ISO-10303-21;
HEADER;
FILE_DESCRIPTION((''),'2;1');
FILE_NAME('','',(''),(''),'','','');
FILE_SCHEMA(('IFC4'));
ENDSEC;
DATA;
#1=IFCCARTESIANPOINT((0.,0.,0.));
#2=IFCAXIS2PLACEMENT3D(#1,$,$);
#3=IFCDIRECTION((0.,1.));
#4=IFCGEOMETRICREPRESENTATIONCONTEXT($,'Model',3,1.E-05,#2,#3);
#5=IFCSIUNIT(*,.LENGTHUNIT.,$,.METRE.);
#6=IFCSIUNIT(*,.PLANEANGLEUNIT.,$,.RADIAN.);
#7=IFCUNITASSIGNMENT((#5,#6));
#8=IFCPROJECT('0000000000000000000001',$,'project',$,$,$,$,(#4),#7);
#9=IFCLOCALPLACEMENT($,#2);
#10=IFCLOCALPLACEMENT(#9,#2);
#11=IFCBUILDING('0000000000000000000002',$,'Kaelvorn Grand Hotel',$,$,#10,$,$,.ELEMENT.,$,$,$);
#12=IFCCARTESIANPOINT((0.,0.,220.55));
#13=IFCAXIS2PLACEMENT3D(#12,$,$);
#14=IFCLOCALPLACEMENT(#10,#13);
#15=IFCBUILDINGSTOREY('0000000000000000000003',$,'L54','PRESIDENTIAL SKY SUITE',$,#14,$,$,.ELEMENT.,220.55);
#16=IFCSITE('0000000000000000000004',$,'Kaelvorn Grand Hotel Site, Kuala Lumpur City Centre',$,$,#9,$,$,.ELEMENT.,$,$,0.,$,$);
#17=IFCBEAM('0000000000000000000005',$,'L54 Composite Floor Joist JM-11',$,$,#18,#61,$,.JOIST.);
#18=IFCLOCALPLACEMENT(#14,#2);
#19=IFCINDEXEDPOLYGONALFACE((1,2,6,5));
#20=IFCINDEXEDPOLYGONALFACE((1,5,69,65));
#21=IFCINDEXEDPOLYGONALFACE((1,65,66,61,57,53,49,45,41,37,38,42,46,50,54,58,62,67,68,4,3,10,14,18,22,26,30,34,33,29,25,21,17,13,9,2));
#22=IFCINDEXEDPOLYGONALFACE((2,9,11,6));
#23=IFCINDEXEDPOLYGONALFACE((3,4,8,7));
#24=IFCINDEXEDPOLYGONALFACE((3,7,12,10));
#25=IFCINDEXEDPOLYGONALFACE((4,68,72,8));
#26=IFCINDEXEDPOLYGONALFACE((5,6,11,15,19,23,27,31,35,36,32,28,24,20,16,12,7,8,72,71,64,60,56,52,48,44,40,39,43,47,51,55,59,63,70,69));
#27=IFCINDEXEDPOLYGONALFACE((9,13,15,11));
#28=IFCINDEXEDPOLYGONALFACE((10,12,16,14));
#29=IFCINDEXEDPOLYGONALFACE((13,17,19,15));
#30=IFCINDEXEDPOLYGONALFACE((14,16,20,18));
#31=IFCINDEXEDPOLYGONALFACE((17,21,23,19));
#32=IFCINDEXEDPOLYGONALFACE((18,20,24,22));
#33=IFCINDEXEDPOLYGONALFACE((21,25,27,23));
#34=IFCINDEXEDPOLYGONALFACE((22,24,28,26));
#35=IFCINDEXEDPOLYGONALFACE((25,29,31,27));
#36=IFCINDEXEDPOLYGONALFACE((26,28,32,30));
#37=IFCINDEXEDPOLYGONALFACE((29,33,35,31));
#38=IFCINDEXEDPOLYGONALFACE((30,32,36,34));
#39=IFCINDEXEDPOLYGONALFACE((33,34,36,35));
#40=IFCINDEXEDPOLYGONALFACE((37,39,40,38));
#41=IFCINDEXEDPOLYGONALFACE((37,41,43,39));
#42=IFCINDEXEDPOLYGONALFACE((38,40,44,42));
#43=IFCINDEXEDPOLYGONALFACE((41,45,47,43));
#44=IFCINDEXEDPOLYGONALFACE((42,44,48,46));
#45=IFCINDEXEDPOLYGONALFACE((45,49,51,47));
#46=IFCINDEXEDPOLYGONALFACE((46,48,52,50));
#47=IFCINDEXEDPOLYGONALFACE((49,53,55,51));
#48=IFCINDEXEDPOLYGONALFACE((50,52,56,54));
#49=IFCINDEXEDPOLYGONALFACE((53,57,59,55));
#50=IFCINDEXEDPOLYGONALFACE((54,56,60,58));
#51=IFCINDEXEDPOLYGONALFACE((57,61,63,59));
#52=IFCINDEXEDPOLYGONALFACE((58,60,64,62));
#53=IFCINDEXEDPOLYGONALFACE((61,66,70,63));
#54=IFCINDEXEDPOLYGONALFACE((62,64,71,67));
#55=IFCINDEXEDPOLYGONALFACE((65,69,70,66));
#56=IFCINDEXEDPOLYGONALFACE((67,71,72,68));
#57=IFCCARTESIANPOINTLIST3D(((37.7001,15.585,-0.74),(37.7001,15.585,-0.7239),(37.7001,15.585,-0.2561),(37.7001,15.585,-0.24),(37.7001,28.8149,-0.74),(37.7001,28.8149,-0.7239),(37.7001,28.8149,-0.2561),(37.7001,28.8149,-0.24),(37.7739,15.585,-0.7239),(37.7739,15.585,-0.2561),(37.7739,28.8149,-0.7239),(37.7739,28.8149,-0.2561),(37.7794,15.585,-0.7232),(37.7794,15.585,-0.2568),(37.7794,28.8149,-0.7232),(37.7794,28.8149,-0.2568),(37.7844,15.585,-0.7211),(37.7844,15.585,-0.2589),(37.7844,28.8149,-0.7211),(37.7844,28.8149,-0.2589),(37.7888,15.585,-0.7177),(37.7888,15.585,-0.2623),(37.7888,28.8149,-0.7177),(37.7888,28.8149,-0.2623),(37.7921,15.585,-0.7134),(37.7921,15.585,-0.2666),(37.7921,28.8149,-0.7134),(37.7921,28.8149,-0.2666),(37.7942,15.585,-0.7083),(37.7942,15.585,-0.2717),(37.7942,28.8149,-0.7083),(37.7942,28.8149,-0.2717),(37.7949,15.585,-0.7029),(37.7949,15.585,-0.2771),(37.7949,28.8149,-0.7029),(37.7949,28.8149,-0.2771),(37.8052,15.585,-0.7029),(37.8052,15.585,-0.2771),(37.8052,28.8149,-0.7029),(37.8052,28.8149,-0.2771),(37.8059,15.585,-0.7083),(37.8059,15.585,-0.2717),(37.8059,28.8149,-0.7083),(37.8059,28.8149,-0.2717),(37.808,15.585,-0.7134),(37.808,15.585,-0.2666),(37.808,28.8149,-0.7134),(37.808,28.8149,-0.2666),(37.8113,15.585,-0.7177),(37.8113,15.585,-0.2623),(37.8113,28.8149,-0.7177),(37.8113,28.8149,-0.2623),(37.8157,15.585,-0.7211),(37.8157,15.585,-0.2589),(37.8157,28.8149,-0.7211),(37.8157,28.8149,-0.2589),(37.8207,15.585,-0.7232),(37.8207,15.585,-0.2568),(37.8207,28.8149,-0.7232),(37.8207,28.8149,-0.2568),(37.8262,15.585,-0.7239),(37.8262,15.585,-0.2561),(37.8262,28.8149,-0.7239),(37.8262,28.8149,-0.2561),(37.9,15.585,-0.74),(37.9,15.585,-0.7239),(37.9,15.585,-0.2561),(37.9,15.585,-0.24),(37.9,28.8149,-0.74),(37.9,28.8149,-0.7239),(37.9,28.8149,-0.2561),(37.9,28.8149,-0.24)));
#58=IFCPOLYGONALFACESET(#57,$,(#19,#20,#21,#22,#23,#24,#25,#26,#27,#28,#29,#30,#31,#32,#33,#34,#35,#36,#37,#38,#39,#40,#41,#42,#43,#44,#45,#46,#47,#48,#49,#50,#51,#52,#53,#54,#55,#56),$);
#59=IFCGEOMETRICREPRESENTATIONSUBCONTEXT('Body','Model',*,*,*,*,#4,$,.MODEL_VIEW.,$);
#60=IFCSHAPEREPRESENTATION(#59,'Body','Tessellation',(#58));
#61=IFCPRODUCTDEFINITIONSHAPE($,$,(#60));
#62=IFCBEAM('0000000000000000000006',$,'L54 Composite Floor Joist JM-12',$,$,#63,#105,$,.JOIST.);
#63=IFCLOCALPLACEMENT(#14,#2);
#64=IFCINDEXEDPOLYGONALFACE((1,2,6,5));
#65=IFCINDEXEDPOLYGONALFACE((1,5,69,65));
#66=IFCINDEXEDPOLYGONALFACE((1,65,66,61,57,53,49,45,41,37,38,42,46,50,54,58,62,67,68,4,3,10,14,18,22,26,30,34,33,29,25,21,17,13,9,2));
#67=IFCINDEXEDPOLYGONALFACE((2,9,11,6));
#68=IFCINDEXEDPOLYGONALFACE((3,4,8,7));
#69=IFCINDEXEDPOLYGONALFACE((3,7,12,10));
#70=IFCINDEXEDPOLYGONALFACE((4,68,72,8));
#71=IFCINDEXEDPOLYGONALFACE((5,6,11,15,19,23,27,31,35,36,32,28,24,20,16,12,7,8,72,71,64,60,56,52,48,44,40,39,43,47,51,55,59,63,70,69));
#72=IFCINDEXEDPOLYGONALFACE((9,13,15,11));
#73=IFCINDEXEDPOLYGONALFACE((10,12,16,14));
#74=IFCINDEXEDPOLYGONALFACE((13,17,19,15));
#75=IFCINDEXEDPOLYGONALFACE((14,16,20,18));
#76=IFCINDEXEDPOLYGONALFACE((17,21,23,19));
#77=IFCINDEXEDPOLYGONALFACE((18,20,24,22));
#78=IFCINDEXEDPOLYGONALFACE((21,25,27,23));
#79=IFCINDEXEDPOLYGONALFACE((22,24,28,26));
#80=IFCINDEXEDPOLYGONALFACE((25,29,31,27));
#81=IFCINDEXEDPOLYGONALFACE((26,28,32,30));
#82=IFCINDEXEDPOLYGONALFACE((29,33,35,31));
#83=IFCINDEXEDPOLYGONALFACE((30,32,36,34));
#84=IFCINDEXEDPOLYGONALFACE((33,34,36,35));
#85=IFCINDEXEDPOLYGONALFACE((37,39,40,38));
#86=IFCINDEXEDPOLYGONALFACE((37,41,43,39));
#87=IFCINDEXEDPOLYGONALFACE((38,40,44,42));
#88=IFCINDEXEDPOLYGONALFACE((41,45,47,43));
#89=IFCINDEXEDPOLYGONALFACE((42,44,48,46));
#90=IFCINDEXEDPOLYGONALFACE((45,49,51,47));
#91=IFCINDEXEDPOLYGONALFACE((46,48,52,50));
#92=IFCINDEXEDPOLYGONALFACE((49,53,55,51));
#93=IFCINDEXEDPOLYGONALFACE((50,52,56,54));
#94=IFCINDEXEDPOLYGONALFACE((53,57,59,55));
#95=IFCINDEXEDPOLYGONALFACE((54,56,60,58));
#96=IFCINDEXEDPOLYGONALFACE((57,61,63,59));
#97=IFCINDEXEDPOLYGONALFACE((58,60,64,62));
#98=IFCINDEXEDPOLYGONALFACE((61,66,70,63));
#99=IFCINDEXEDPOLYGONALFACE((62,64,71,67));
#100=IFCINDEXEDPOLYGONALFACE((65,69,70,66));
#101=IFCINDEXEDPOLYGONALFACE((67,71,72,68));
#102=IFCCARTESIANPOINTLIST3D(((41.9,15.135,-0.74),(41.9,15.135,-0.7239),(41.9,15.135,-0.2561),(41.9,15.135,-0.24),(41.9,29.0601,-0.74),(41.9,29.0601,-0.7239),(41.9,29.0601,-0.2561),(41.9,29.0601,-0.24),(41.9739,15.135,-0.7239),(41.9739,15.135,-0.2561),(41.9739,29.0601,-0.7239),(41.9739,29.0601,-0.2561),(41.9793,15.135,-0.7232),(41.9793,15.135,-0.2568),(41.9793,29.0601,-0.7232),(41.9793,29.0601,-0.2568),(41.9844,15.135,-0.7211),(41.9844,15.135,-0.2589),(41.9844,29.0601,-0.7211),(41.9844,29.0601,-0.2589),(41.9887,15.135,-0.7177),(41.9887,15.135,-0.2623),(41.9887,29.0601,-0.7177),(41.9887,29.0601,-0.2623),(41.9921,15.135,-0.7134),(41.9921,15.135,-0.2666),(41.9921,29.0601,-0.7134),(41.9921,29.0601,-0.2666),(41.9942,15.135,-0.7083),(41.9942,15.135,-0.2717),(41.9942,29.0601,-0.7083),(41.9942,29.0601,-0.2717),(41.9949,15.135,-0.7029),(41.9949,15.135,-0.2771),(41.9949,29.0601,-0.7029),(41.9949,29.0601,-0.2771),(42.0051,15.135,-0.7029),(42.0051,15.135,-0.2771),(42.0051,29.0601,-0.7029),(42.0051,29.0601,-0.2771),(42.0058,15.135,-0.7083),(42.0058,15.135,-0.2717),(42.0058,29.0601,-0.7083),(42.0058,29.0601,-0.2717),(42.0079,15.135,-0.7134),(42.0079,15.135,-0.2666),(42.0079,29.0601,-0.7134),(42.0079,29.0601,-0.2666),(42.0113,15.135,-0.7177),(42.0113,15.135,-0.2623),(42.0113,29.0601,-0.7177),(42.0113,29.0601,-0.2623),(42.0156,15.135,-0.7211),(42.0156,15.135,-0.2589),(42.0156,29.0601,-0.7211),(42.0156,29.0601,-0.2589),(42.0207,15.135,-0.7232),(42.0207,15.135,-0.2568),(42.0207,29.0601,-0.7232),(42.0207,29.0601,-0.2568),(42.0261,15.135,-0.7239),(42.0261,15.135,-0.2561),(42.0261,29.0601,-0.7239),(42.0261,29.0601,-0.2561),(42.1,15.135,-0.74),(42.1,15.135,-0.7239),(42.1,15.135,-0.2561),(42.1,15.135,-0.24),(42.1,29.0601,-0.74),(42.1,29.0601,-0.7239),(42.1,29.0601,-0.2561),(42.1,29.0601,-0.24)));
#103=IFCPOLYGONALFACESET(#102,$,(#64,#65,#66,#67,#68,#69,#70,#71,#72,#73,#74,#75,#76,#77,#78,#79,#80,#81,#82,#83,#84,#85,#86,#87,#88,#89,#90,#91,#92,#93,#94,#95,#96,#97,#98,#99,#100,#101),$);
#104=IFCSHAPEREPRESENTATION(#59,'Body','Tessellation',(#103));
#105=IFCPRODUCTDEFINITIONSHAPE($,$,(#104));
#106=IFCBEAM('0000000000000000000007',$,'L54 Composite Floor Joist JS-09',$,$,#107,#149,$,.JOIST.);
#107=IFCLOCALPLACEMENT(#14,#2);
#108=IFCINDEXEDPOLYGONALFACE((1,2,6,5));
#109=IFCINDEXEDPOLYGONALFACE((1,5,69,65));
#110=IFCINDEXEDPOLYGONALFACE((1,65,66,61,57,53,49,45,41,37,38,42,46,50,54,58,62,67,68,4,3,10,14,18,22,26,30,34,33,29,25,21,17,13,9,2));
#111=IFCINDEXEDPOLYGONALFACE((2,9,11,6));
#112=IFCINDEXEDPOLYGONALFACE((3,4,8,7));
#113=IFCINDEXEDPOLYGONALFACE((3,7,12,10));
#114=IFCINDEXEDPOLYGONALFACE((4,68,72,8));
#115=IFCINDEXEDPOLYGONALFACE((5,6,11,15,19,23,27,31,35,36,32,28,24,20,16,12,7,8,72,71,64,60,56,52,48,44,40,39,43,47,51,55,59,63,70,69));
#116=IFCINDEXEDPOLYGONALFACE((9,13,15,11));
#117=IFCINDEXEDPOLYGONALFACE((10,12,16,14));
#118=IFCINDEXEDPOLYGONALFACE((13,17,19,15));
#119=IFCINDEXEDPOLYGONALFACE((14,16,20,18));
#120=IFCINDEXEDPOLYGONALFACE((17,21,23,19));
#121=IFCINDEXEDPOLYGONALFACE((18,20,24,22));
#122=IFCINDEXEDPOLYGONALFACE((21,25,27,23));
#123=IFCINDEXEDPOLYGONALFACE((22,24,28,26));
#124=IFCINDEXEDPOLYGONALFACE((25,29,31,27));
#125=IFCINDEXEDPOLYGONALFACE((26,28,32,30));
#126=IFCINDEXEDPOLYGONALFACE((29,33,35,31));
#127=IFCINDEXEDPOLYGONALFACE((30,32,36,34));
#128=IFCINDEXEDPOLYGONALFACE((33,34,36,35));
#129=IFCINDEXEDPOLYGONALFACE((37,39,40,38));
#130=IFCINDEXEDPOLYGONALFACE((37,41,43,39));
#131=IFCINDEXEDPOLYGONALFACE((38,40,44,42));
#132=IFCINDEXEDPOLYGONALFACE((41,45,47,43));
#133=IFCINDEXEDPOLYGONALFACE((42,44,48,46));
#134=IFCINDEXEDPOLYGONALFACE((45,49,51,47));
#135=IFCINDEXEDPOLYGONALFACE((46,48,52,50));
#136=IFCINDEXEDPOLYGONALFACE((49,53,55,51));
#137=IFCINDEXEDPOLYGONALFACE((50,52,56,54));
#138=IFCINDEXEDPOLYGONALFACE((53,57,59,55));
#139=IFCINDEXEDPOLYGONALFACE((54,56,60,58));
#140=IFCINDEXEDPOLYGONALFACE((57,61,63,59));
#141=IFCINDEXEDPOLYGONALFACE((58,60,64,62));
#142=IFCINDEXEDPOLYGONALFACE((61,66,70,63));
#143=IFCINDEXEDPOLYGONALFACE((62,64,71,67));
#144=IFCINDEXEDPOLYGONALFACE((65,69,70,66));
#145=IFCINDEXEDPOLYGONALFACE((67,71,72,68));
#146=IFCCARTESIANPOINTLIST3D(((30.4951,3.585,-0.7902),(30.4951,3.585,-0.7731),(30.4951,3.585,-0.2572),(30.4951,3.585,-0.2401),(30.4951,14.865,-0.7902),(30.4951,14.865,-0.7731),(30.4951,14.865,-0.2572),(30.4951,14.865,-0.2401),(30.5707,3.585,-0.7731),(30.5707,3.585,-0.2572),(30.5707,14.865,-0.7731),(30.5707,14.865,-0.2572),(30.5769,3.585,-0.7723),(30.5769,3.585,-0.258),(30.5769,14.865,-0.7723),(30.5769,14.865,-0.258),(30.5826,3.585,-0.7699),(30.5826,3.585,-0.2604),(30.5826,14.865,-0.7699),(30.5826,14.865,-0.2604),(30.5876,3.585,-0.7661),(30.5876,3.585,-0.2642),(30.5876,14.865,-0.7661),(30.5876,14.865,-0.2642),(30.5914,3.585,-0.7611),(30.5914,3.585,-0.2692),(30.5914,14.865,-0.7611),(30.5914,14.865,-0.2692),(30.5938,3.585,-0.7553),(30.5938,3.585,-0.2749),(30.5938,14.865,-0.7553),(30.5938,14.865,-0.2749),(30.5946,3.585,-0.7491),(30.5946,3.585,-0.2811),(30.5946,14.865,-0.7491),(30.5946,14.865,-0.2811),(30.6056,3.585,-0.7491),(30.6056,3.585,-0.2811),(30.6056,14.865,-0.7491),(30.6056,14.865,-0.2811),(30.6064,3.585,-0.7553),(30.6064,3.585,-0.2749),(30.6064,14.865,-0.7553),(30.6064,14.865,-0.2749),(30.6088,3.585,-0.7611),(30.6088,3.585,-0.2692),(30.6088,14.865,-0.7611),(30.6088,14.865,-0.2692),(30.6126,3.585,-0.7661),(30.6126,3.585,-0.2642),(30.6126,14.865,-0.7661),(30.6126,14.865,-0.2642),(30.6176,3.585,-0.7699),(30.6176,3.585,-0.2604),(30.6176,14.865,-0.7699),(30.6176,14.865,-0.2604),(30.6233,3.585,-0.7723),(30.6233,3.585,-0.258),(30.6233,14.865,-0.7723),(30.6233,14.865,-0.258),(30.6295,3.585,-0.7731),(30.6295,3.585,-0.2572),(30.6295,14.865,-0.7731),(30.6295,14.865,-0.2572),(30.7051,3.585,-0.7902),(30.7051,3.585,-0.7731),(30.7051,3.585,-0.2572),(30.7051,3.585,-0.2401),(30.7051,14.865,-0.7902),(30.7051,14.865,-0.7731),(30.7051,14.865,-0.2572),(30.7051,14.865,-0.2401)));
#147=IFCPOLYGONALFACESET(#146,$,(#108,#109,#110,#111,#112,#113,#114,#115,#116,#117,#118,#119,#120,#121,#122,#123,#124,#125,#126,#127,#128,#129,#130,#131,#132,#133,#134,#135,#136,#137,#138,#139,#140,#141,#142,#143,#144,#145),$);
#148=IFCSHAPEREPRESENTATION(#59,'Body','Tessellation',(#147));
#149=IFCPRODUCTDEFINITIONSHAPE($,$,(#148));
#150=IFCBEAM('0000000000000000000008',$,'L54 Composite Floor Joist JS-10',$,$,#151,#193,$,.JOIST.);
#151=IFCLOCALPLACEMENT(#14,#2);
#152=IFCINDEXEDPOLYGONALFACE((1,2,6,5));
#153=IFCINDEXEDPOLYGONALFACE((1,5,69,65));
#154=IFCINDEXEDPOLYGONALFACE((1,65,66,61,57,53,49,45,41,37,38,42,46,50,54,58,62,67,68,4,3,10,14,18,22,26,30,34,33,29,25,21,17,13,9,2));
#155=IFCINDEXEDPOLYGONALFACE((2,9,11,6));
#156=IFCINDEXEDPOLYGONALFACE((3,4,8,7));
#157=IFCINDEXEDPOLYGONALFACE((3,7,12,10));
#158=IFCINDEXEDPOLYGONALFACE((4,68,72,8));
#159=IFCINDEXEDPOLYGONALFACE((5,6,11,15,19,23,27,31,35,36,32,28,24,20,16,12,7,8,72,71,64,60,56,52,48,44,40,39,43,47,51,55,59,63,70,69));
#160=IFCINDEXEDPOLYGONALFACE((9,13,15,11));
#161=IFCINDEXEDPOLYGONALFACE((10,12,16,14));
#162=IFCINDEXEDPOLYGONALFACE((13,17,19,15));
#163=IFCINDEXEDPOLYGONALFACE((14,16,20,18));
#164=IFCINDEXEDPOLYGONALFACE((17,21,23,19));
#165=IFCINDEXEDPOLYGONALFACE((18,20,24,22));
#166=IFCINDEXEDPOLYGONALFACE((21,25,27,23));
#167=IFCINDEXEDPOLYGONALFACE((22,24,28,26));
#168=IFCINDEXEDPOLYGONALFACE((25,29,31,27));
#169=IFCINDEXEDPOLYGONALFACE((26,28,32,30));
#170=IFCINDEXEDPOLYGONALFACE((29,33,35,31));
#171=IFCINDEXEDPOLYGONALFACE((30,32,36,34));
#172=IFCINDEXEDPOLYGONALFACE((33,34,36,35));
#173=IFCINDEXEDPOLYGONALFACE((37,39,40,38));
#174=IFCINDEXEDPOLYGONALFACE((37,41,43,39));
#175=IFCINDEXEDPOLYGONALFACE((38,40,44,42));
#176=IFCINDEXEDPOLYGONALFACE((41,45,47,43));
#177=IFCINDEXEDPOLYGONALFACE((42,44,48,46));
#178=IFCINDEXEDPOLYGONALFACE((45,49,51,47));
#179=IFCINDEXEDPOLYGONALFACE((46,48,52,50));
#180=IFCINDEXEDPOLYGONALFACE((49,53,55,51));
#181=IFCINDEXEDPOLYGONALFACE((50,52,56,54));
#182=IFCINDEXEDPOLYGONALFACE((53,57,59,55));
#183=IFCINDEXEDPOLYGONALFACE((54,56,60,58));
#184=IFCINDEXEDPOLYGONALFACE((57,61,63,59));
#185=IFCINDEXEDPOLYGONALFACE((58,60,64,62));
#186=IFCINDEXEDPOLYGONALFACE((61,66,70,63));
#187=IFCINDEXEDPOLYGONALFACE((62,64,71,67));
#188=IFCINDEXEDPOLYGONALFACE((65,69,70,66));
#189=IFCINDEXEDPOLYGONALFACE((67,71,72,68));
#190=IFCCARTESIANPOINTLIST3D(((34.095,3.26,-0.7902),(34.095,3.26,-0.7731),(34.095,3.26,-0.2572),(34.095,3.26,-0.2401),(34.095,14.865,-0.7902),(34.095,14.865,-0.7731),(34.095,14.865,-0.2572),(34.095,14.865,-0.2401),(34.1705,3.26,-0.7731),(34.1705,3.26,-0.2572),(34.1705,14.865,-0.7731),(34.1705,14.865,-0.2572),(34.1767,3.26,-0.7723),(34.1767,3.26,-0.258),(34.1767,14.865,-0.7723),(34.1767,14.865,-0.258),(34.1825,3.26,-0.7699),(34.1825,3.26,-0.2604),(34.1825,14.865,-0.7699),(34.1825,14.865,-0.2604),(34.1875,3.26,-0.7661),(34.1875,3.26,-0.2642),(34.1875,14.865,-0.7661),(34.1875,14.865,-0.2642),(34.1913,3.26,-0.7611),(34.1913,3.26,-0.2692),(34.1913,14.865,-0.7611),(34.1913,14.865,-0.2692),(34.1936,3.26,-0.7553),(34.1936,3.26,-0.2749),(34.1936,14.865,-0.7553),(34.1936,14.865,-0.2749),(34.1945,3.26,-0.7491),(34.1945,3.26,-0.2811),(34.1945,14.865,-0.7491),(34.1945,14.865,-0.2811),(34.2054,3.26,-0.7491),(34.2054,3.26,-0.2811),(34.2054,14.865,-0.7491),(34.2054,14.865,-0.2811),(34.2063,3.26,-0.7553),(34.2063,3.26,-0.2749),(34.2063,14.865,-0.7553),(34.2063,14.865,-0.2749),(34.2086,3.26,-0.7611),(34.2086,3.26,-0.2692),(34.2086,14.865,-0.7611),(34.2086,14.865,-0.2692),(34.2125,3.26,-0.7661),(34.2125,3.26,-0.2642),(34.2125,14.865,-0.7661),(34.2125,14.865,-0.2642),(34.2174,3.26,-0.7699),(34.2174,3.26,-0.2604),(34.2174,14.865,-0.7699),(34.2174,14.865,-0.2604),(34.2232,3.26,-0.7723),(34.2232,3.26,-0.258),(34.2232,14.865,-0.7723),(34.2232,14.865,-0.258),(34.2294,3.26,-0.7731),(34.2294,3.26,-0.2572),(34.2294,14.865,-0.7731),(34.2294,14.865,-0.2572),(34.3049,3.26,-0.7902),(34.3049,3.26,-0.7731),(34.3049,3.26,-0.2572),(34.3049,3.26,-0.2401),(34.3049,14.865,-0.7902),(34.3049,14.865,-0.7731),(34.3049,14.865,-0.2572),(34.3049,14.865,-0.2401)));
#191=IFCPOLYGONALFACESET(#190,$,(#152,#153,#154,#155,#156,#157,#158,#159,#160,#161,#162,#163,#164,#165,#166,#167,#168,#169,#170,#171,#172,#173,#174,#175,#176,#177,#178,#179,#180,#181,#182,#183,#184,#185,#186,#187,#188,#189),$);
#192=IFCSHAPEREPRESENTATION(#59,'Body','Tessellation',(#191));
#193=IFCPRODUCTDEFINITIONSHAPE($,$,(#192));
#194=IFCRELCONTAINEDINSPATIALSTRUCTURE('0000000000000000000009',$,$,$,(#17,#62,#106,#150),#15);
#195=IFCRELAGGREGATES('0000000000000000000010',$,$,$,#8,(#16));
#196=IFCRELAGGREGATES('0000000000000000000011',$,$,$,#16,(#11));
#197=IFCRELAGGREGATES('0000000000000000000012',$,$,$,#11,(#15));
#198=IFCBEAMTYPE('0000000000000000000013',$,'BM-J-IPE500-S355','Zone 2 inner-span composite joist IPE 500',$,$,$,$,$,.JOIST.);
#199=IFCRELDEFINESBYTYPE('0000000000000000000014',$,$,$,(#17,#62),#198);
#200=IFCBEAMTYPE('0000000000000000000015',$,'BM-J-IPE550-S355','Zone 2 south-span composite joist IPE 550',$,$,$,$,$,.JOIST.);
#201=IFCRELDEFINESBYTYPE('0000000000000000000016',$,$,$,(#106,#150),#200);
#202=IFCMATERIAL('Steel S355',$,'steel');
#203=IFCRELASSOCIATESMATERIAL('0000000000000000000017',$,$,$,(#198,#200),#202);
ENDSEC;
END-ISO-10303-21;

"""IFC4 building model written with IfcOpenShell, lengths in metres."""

from ifc_helpers import new_model, si_unit, direction, frame, origin, origin_2d, place, context, subcontext, project, spatial, i_section, extrude, material, material_profile, profile_set, type_object, element, save


model = new_model("IFC4")

# Units and contexts
model_context = context("Model", 3, precision=1e-05, world=origin(), true_north=direction((0.0, 1.0)))
body_context = subcontext(model_context, "Body", "Model", "MODEL_VIEW")
ifc_project = project(units=[si_unit("LENGTHUNIT", "METRE"), si_unit("PLANEANGLEUNIT", "RADIAN")], contexts=[model_context])

# Site, building, storey
site_placement = place(None, origin())
site = spatial("IfcSite", under=ifc_project, at=site_placement, Name="Kaelvorn Grand Hotel Site, Kuala Lumpur City Centre", CompositionType="ELEMENT", RefElevation=0.0)
building_placement = place(site_placement, origin())
building = spatial("IfcBuilding", under=site, at=building_placement, Name="Kaelvorn Grand Hotel", CompositionType="ELEMENT")
storey_placement = place(building_placement, frame((0.0, 0.0, 220.55)))
storey = spatial("IfcBuildingStorey", under=building, at=storey_placement, Name="L54", Description="PRESIDENTIAL SKY SUITE", CompositionType="ELEMENT", Elevation=220.55)

# Beams
ifc_material_1 = material(Name="Steel S355", Category="steel")
ifc_material_profile_1 = material_profile(ifc_material_1, i_section(OverallWidth=0.2, OverallDepth=0.5, WebThickness=0.0103, FlangeThickness=0.0161, FilletRadius=0.021, at=origin_2d()), Name="IPE 500")
ifc_profile_set_1 = profile_set([ifc_material_profile_1], Name="Steel S355")
beam_type_1 = type_object("IfcBeamType", Name="BM-J-IPE500-S355", Description="Zone 2 inner-span composite joist IPE 500", PredefinedType="JOIST", material=ifc_profile_set_1)
beam_1_placement = place(storey_placement, frame((37.8, 15.585, -0.49), z_axis=(0.0, 1.0, 0.0), x_axis=(-1.0, 0.0, 0.0)))
element("IfcBeam", 1, at=beam_1_placement, inside=storey, type_object=beam_type_1, Name="L54 Composite Floor Joist JM-11", PredefinedType="JOIST", context=body_context, shape_type="SweptSolid", body=[
    extrude(i_section(OverallWidth=0.2, OverallDepth=0.5, WebThickness=0.0103, FlangeThickness=0.0161, FilletRadius=0.021, at=origin_2d()), origin(), (0.0, 0.0, 1.0), 13.23),
])
beam_2_placement = place(storey_placement, frame((42.0, 15.135, -0.49), z_axis=(0.0, 1.0, 0.0), x_axis=(-1.0, 0.0, 0.0)))
element("IfcBeam", 2, at=beam_2_placement, inside=storey, type_object=beam_type_1, Name="L54 Composite Floor Joist JM-12", PredefinedType="JOIST", context=body_context, shape_type="SweptSolid", body=[
    extrude(i_section(OverallWidth=0.2, OverallDepth=0.5, WebThickness=0.0103, FlangeThickness=0.0161, FilletRadius=0.021, at=origin_2d()), origin(), (0.0, 0.0, 1.0), 13.925),
])
ifc_material_profile_2 = material_profile(ifc_material_1, i_section(OverallWidth=0.21, OverallDepth=0.55, WebThickness=0.011, FlangeThickness=0.0171, FilletRadius=0.0239, at=origin_2d()), Name="IPE 550")
ifc_profile_set_2 = profile_set([ifc_material_profile_2], Name="Steel S355")
beam_type_2 = type_object("IfcBeamType", Name="BM-J-IPE550-S355", Description="Zone 2 south-span composite joist IPE 550", PredefinedType="JOIST", material=ifc_profile_set_2)
beam_3_placement = place(storey_placement, frame((30.6001, 3.585, -0.5151), z_axis=(0.0, 1.0, 0.0), x_axis=(-1.0, 0.0, 0.0)))
element("IfcBeam", 3, at=beam_3_placement, inside=storey, type_object=beam_type_2, Name="L54 Composite Floor Joist JS-09", PredefinedType="JOIST", context=body_context, shape_type="SweptSolid", body=[
    extrude(i_section(OverallWidth=0.21, OverallDepth=0.55, WebThickness=0.011, FlangeThickness=0.0171, FilletRadius=0.0239, at=origin_2d()), origin(), (0.0, 0.0, 1.0), 11.28),
])
beam_4_placement = place(storey_placement, frame((34.2, 3.26, -0.5151), z_axis=(0.0, 1.0, 0.0), x_axis=(-1.0, 0.0, 0.0)))
element("IfcBeam", 4, at=beam_4_placement, inside=storey, type_object=beam_type_2, Name="L54 Composite Floor Joist JS-10", PredefinedType="JOIST", context=body_context, shape_type="SweptSolid", body=[
    extrude(i_section(OverallWidth=0.21, OverallDepth=0.55, WebThickness=0.011, FlangeThickness=0.0171, FilletRadius=0.0239, at=origin_2d()), origin(), (0.0, 0.0, 1.0), 11.605),
])

save(model, "model.ifc")
